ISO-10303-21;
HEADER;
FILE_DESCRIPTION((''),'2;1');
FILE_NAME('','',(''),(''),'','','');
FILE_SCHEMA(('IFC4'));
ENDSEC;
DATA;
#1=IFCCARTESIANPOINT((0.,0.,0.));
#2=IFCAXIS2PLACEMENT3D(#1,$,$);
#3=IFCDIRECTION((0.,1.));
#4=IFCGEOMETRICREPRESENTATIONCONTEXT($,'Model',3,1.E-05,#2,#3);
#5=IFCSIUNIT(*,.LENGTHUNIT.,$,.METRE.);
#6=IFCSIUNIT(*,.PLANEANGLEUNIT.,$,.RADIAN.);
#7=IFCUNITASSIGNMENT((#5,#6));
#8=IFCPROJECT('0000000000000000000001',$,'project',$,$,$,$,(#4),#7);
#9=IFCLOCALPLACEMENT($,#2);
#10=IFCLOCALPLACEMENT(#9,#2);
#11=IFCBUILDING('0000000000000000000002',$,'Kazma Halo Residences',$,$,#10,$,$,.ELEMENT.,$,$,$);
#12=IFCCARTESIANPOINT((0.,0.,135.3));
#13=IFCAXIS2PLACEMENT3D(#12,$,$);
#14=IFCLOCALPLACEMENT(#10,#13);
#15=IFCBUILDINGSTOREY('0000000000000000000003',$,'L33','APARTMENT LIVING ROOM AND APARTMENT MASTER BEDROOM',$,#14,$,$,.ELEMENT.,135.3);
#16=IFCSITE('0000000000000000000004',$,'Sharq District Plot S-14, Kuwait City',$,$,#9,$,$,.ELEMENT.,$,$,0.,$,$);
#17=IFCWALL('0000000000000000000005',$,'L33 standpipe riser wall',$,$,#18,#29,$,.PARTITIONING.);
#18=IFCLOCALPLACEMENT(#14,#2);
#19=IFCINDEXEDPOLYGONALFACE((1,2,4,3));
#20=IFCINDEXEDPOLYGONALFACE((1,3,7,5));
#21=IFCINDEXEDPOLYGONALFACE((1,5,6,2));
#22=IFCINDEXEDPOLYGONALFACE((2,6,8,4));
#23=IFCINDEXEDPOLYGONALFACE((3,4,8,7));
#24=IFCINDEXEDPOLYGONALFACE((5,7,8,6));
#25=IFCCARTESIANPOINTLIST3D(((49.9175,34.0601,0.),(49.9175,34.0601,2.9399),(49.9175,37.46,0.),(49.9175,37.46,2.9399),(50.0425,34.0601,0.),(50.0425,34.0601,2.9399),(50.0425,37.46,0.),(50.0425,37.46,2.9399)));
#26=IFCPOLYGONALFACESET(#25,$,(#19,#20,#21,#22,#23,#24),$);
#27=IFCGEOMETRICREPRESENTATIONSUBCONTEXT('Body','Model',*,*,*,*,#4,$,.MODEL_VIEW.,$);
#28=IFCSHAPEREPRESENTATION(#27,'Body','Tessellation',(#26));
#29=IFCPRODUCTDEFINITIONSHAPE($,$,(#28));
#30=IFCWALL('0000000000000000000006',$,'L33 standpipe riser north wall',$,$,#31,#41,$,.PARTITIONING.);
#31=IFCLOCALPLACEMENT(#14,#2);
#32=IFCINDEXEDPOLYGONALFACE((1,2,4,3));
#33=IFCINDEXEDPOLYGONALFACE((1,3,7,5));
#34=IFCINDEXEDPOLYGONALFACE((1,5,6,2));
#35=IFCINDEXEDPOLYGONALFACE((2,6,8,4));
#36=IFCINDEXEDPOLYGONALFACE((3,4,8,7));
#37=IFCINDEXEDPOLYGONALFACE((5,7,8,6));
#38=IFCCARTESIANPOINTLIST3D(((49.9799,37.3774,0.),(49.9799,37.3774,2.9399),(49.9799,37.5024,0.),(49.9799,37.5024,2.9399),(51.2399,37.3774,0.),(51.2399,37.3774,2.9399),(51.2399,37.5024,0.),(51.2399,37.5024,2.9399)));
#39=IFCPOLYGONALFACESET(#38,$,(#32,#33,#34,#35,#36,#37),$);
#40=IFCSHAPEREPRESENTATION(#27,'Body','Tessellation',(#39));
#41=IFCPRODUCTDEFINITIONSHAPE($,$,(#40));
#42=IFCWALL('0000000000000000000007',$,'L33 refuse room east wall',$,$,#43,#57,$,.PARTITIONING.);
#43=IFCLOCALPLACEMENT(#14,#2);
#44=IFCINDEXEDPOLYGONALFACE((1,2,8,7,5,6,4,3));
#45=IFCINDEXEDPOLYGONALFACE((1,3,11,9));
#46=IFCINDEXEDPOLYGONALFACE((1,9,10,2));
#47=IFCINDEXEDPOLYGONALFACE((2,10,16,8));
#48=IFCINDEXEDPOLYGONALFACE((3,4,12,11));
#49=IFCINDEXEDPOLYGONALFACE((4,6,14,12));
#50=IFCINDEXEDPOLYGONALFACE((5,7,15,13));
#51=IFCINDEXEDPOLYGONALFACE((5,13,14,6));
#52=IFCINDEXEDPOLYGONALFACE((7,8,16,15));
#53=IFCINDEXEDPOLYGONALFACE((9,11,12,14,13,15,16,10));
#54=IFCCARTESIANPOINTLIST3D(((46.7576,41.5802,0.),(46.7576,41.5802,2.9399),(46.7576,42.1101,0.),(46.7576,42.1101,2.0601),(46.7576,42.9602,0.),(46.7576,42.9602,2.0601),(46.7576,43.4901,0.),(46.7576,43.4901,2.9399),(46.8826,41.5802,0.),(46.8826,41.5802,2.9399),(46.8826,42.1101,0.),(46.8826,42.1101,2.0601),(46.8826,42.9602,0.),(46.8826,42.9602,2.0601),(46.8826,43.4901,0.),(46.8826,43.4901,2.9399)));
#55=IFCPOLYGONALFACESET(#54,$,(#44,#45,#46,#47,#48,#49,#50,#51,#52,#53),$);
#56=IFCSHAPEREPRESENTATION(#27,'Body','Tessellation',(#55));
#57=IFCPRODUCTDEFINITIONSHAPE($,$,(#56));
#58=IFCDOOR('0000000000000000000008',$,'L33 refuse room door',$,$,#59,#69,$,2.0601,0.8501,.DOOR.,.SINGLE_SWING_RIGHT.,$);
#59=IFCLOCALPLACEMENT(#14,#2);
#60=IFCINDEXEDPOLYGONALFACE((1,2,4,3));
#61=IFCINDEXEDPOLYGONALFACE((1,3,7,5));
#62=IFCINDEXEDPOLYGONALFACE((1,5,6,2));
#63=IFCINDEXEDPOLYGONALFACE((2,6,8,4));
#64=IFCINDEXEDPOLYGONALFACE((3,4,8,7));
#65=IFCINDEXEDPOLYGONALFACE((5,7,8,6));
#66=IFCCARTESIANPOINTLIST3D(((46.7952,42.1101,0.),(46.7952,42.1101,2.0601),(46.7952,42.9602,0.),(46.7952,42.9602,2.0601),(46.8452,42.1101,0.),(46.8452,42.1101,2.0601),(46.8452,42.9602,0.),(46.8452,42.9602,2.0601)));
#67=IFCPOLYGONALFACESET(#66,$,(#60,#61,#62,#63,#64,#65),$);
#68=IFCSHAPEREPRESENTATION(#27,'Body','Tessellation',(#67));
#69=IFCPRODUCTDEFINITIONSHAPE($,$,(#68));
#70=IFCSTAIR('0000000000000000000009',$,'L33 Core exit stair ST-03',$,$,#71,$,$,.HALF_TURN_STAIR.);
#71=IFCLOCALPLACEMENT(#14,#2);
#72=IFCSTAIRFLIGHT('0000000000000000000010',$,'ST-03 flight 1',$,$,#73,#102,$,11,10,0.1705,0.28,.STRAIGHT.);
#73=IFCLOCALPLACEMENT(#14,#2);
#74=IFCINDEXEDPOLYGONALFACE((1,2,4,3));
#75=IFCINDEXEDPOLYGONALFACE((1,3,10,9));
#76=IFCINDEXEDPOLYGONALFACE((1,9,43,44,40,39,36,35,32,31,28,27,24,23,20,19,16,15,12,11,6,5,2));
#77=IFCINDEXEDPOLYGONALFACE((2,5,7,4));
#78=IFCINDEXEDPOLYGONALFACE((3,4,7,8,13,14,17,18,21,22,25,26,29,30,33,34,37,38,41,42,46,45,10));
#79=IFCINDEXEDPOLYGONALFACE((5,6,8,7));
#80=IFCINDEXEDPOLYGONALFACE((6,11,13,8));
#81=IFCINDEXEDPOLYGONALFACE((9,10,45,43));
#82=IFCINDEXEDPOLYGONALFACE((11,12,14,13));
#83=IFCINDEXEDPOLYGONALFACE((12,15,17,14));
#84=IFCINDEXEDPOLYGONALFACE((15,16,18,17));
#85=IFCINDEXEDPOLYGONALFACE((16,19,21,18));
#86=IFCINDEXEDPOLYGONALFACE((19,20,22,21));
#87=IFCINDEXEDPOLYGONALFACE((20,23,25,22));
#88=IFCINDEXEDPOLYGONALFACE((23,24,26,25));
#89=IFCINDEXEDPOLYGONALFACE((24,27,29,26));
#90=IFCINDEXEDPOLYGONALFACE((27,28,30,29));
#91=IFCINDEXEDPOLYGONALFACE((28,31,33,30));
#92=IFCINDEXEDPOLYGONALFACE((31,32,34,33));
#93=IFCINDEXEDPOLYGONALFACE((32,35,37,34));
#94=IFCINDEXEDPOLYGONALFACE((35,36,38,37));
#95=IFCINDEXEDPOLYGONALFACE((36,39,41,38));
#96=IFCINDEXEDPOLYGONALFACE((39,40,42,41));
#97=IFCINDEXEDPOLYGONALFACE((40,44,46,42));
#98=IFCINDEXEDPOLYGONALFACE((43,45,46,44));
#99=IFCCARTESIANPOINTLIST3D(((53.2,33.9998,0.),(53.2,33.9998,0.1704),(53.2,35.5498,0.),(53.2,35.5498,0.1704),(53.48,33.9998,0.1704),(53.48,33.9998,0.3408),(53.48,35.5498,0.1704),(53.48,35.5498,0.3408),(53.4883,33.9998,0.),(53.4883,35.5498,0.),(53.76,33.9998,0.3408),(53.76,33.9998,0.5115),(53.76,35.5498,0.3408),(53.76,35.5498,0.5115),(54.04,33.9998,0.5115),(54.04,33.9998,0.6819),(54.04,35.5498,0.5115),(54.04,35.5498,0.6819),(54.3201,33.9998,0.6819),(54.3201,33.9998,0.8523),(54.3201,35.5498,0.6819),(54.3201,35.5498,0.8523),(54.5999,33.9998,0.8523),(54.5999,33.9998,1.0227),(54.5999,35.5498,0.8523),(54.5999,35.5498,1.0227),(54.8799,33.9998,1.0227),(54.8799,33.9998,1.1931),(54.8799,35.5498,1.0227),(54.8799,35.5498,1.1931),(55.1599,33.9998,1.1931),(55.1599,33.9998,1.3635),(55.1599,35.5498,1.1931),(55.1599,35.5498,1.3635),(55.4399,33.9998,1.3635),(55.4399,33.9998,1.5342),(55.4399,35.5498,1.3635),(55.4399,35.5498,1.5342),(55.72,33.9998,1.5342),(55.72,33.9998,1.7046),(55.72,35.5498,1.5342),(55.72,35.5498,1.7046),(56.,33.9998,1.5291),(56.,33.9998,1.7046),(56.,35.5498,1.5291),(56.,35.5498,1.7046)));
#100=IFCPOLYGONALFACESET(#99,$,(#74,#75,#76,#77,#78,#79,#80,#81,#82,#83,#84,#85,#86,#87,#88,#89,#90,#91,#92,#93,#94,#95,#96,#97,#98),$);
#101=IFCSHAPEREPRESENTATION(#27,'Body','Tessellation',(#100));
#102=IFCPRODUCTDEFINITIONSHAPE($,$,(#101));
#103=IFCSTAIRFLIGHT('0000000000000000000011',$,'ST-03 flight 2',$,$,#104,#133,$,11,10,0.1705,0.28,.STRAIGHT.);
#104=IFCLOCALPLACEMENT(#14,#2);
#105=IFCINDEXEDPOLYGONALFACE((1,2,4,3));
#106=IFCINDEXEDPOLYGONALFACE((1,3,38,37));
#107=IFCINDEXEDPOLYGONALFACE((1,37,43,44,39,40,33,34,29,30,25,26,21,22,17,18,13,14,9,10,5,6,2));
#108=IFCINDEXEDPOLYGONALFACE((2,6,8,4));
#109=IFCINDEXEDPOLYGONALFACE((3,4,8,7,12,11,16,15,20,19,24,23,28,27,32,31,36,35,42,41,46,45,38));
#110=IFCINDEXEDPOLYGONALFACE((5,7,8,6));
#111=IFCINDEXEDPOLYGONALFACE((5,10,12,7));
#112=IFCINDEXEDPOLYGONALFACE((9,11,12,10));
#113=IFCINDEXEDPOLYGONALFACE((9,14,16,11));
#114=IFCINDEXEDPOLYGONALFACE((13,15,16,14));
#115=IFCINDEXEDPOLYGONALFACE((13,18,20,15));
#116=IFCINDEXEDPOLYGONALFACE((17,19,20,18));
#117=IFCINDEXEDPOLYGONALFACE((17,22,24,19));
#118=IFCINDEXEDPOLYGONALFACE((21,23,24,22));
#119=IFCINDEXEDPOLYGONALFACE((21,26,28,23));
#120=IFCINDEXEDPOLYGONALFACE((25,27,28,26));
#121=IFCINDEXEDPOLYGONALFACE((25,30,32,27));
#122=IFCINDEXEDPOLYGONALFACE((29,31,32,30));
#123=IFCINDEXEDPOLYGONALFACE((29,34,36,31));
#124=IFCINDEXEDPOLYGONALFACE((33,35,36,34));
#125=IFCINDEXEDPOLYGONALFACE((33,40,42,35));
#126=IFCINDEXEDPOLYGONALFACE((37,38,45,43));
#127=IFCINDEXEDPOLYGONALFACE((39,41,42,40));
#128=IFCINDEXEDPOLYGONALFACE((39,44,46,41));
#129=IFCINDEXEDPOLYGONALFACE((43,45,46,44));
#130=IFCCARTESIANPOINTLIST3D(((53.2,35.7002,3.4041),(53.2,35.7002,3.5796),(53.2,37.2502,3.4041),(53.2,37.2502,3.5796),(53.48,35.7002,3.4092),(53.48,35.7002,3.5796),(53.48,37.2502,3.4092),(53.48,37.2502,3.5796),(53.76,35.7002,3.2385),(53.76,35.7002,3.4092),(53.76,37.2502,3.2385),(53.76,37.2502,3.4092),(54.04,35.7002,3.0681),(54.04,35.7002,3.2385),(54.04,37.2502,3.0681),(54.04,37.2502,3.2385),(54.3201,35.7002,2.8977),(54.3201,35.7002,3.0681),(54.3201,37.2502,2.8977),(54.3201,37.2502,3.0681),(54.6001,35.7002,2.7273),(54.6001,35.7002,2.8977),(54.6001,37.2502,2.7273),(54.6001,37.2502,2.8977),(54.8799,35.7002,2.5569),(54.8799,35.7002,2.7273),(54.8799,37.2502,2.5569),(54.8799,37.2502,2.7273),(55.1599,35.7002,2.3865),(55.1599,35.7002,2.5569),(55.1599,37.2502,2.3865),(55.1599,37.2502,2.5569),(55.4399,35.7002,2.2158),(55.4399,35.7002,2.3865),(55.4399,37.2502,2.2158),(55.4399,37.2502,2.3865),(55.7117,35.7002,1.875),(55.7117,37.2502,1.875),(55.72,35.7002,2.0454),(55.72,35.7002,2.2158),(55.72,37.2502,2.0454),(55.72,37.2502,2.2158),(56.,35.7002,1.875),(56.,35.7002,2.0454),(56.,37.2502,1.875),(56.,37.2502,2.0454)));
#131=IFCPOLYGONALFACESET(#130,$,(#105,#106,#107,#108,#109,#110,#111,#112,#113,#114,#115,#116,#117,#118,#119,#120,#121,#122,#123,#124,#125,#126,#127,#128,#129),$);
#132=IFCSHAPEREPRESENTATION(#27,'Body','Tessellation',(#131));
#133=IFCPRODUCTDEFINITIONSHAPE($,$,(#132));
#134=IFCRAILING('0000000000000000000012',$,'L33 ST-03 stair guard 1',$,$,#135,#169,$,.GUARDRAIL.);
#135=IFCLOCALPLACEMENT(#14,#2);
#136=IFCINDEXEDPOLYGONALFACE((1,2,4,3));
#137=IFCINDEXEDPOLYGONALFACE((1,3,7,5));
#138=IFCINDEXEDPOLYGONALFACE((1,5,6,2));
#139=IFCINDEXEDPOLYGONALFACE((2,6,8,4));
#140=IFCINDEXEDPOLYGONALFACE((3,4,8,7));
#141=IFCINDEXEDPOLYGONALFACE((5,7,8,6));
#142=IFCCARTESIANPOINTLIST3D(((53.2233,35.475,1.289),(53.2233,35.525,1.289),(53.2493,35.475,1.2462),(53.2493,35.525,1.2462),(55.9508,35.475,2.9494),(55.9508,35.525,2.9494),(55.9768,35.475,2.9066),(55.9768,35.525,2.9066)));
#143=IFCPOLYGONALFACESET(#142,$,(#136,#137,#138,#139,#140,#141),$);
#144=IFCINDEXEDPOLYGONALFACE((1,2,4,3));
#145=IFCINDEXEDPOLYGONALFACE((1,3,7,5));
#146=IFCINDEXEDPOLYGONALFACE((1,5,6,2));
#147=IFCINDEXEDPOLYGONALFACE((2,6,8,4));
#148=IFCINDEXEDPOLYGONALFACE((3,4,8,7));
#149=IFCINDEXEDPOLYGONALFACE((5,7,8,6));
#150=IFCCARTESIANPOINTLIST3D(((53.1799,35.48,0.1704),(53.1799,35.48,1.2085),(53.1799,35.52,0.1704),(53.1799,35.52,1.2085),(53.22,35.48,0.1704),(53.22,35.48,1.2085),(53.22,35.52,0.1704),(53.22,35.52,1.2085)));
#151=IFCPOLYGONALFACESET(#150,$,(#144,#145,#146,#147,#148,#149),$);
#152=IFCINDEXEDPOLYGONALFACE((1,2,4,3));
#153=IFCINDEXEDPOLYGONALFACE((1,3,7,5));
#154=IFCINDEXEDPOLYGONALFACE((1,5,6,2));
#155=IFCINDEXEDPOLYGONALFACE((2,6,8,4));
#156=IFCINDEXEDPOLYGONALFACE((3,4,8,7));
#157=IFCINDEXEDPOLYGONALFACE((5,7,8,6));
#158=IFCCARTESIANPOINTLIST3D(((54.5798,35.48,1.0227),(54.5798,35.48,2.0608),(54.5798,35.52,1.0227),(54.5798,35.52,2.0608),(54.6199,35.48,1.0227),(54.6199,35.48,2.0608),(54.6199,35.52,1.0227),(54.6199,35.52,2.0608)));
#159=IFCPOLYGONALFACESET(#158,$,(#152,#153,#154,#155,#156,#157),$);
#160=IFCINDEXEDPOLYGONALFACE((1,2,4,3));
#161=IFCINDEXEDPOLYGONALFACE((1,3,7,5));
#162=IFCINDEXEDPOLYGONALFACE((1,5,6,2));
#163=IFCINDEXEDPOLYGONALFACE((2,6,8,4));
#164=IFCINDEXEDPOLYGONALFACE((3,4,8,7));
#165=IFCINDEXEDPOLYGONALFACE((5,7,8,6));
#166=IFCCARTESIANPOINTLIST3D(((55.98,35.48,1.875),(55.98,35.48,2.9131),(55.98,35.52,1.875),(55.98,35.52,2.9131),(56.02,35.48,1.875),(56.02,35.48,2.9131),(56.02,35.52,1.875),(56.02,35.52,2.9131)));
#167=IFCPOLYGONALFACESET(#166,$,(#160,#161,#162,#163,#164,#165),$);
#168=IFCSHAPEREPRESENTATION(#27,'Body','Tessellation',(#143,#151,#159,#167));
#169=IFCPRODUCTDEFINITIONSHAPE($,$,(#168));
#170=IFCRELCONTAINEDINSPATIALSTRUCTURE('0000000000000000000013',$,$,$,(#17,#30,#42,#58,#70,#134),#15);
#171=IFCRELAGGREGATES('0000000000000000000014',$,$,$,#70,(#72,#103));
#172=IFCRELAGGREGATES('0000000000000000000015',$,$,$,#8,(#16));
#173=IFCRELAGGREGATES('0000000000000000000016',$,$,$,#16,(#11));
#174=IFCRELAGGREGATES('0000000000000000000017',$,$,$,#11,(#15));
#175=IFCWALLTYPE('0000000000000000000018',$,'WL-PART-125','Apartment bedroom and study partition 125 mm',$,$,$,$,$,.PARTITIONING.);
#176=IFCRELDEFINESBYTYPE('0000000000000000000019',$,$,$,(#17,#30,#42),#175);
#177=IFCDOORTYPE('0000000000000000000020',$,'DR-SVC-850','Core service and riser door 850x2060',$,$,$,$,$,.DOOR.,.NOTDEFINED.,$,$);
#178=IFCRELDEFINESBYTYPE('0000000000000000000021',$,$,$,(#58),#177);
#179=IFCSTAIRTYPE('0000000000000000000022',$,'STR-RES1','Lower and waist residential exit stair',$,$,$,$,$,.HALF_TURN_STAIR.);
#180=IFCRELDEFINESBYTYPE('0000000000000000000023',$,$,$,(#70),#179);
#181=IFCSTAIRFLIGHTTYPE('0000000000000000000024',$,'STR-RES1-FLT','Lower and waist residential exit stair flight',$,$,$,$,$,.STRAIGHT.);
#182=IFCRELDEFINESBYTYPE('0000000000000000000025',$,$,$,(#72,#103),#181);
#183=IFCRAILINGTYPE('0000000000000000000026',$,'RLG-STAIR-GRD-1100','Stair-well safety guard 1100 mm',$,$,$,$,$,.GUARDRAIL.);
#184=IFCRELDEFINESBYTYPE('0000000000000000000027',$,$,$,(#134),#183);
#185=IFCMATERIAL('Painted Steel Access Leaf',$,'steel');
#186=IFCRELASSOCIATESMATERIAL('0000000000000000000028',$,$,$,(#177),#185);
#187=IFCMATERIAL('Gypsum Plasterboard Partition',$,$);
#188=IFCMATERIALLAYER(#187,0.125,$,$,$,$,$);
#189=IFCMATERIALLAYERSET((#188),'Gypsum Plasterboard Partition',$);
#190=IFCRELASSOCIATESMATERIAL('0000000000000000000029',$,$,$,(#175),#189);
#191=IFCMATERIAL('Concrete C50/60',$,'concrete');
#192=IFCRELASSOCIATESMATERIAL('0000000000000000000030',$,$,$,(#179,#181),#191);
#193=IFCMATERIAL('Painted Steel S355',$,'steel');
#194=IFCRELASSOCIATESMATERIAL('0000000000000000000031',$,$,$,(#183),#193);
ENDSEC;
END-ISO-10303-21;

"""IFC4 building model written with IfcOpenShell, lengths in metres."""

from ifc_helpers import new_model, si_unit, direction, frame, frame_2d, origin, origin_2d, place, context, subcontext, project, spatial, polyline, rectangle, outline, extrude, material, layer, layer_set, type_object, element, fill, aggregate, save


model = new_model("IFC4")

# Units and contexts
model_context = context("Model", 3, precision=1e-05, world=origin(), true_north=direction((0.0, 1.0)))
body_context = subcontext(model_context, "Body", "Model", "MODEL_VIEW")
ifc_project = project(units=[si_unit("LENGTHUNIT", "METRE"), si_unit("PLANEANGLEUNIT", "RADIAN")], contexts=[model_context])

# Site, building, storey
site_placement = place(None, origin())
site = spatial("IfcSite", under=ifc_project, at=site_placement, Name="Sharq District Plot S-14, Kuwait City", CompositionType="ELEMENT", RefElevation=0.0)
building_placement = place(site_placement, origin())
building = spatial("IfcBuilding", under=site, at=building_placement, Name="Kazma Halo Residences", CompositionType="ELEMENT")
storey_placement = place(building_placement, frame((0.0, 0.0, 135.3)))
storey = spatial("IfcBuildingStorey", under=building, at=storey_placement, Name="L33", Description="APARTMENT LIVING ROOM AND APARTMENT MASTER BEDROOM", CompositionType="ELEMENT", Elevation=135.3)

# Shared definitions
ifc_material_1 = material(Name="Painted Steel Access Leaf", Category="steel")
door_type_1 = type_object("IfcDoorType", Name="DR-SVC-850", Description="Core service and riser door 850x2060", OperationType="NOTDEFINED", PredefinedType="DOOR", material=ifc_material_1)

# Walls
ifc_material_2 = material(Name="Gypsum Plasterboard Partition")
ifc_layer_1 = layer(ifc_material_2, 0.125)
ifc_layer_set_1 = layer_set([ifc_layer_1], Name="Gypsum Plasterboard Partition")
wall_type_1 = type_object("IfcWallType", Name="WL-PART-125", Description="Apartment bedroom and study partition 125 mm", PredefinedType="PARTITIONING", material=ifc_layer_set_1)
wall_1_placement = place(storey_placement, frame((49.98, 34.0601, 0.0), z_axis=(0.0, 0.0, 1.0), x_axis=(0.0, 1.0, 0.0)))
element("IfcWall", 1, at=wall_1_placement, inside=storey, type_object=wall_type_1, Name="L33 standpipe riser wall", PredefinedType="PARTITIONING", context=body_context, shape_type="SweptSolid", body=[
    extrude(rectangle(XDim=3.3999, YDim=0.125, at=frame_2d((1.7, 0.0))), origin(), (0.0, 0.0, 1.0), 2.9399),
])
wall_2_placement = place(storey_placement, frame((49.98, 37.4399, 0.0), z_axis=(0.0, 0.0, 1.0), x_axis=(1.0, 0.0, 0.0)))
element("IfcWall", 2, at=wall_2_placement, inside=storey, type_object=wall_type_1, Name="L33 standpipe riser north wall", PredefinedType="PARTITIONING", context=body_context, shape_type="SweptSolid", body=[
    extrude(rectangle(XDim=1.26, YDim=0.125, at=frame_2d((0.6299, 0.0))), origin(), (0.0, 0.0, 1.0), 2.9399),
])

# Wall, opening, door
wall_3_placement = place(storey_placement, frame((46.8201, 41.5801, 0.0), z_axis=(0.0, 0.0, 1.0), x_axis=(0.0, 1.0, 0.0)))
wall_3 = element("IfcWall", 3, at=wall_3_placement, inside=storey, type_object=wall_type_1, Name="L33 refuse room east wall", PredefinedType="PARTITIONING", context=body_context, shape_type="SweptSolid", body=[
    extrude(rectangle(XDim=1.9099, YDim=0.125, at=frame_2d((0.9551, 0.0))), origin(), (0.0, 0.0, 1.0), 2.9399),
])
opening_1_placement = place(wall_3_placement, frame((0.53, 0.0, 0.0)))
opening_1 = element("IfcOpeningElement", 4, at=opening_1_placement, cuts=wall_3, PredefinedType="OPENING", context=body_context, shape_type="SweptSolid", body=[
    extrude(rectangle(XDim=0.8501, YDim=2.0601, at=frame_2d((0.425, 1.03))), frame((0.0, 0.0725, 0.0), z_axis=(0.0, -1.0, 0.0), x_axis=(1.0, 0.0, 0.0)), (0.0, 0.0, 1.0), 0.145),
])
door_1_placement = place(opening_1_placement, origin())
door_1 = element("IfcDoor", 5, at=door_1_placement, inside=storey, type_object=door_type_1, Name="L33 refuse room door", OperationType="SINGLE_SWING_RIGHT", OverallHeight=2.0601, OverallWidth=0.8501, PredefinedType="DOOR", context=body_context, shape_type="SweptSolid", body=[
    extrude(rectangle(XDim=0.8501, YDim=2.0601, at=frame_2d((0.425, 1.03))), frame((0.0, 0.0249, 0.0), z_axis=(0.0, -1.0, 0.0), x_axis=(1.0, 0.0, 0.0)), (0.0, 0.0, 1.0), 0.05),
])
fill(opening_1, door_1)
ifc_material_3 = material(Name="Concrete C50/60", Category="concrete")

# Stair, stair flights
stair_type = type_object("IfcStairType", Name="STR-RES1", Description="Lower and waist residential exit stair", PredefinedType="HALF_TURN_STAIR", material=ifc_material_3)
stair_placement = place(storey_placement, origin())
stair = element("IfcStair", 6, at=stair_placement, inside=storey, type_object=stair_type, Name="L33 Core exit stair ST-03", PredefinedType="HALF_TURN_STAIR")
stair_flight_type = type_object("IfcStairFlightType", Name="STR-RES1-FLT", Description="Lower and waist residential exit stair flight", PredefinedType="STRAIGHT", material=ifc_material_3)
stair_flight_1_placement = place(storey_placement, frame((53.2, 34.7749, 0.0), z_axis=(0.0, 0.0, 1.0), x_axis=(1.0, 0.0, 0.0)))
stair_flight_1 = element("IfcStairFlight", 7, at=stair_flight_1_placement, type_object=stair_flight_type, Name="ST-03 flight 1", NumberOfRisers=11, NumberOfTreads=10, PredefinedType="STRAIGHT", RiserHeight=0.1705, TreadLength=0.28, context=body_context, shape_type="SweptSolid", body=[
    extrude(outline(polyline([(0.0, 0.0), (0.0, 0.1704), (0.28, 0.1704), (0.28, 0.3408), (0.5601, 0.3408), (0.5601, 0.5115), (0.8401, 0.5115), (0.8401, 0.6819), (1.1201, 0.6819), (1.1201, 0.8523), (1.3999, 0.8523), (1.3999, 1.0227), (1.6799, 1.0227), (1.6799, 1.1931), (1.96, 1.1931), (1.96, 1.3635), (2.24, 1.3635), (2.24, 1.5342), (2.52, 1.5342), (2.52, 1.7046), (2.8, 1.7046), (2.8, 1.875), (2.8, 1.5291), (0.2883, 0.0), (0.0, 0.0)])), frame((0.0, 0.7749, 0.0), z_axis=(0.0, -1.0, 0.0), x_axis=(1.0, 0.0, 0.0)), (0.0, 0.0, 1.0), 1.55),
])
stair_flight_2_placement = place(storey_placement, frame((56.0, 36.4751, 1.875), z_axis=(0.0, 0.0, 1.0), x_axis=(-1.0, 0.0, 0.0)))
stair_flight_2 = element("IfcStairFlight", 8, at=stair_flight_2_placement, type_object=stair_flight_type, Name="ST-03 flight 2", NumberOfRisers=11, NumberOfTreads=10, PredefinedType="STRAIGHT", RiserHeight=0.1705, TreadLength=0.28, context=body_context, shape_type="SweptSolid", body=[
    extrude(outline(polyline([(0.0, 0.0), (0.0, 0.1704), (0.28, 0.1704), (0.28, 0.3408), (0.5601, 0.3408), (0.5601, 0.5115), (0.8401, 0.5115), (0.8401, 0.6819), (1.1201, 0.6819), (1.1201, 0.8523), (1.3999, 0.8523), (1.3999, 1.0227), (1.6799, 1.0227), (1.6799, 1.1931), (1.96, 1.1931), (1.96, 1.3635), (2.24, 1.3635), (2.24, 1.5342), (2.52, 1.5342), (2.52, 1.7046), (2.8, 1.7046), (2.8, 1.875), (2.8, 1.5291), (0.2883, 0.0), (0.0, 0.0)])), frame((0.0, 0.7749, 0.0), z_axis=(0.0, -1.0, 0.0), x_axis=(1.0, 0.0, 0.0)), (0.0, 0.0, 1.0), 1.55),
])
aggregate(stair, [stair_flight_1, stair_flight_2])

# Railing
ifc_material_4 = material(Name="Painted Steel S355", Category="steel")
railing_type_1 = type_object("IfcRailingType", Name="RLG-STAIR-GRD-1100", Description="Stair-well safety guard 1100 mm", PredefinedType="GUARDRAIL", material=ifc_material_4)
railing_1_placement = place(storey_placement, frame((53.2, 35.5, 0.1704)))
element("IfcRailing", 9, at=railing_1_placement, inside=storey, type_object=railing_type_1, Name="L33 ST-03 stair guard 1", PredefinedType="GUARDRAIL", context=body_context, shape_type="SweptSolid", body=[
    extrude(rectangle(XDim=0.05, YDim=0.05, at=origin_2d()), frame((0.0364, 0.0, 1.0972), z_axis=(0.85417, 0.0, 0.519994), x_axis=(0.0, 1.0, 0.0)), (0.0, 0.0, 1.0), 3.1931),
    extrude(rectangle(XDim=0.04, YDim=0.04, at=origin_2d()), origin(), (0.0, 0.0, 1.0), 1.0381),
    extrude(rectangle(XDim=0.04, YDim=0.04, at=origin_2d()), frame((1.3999, 0.0, 0.8523)), (0.0, 0.0, 1.0), 1.0381),
    extrude(rectangle(XDim=0.04, YDim=0.04, at=origin_2d()), frame((2.8, 0.0, 1.7046)), (0.0, 0.0, 1.0), 1.0381),
])

save(model, "model.ifc")
